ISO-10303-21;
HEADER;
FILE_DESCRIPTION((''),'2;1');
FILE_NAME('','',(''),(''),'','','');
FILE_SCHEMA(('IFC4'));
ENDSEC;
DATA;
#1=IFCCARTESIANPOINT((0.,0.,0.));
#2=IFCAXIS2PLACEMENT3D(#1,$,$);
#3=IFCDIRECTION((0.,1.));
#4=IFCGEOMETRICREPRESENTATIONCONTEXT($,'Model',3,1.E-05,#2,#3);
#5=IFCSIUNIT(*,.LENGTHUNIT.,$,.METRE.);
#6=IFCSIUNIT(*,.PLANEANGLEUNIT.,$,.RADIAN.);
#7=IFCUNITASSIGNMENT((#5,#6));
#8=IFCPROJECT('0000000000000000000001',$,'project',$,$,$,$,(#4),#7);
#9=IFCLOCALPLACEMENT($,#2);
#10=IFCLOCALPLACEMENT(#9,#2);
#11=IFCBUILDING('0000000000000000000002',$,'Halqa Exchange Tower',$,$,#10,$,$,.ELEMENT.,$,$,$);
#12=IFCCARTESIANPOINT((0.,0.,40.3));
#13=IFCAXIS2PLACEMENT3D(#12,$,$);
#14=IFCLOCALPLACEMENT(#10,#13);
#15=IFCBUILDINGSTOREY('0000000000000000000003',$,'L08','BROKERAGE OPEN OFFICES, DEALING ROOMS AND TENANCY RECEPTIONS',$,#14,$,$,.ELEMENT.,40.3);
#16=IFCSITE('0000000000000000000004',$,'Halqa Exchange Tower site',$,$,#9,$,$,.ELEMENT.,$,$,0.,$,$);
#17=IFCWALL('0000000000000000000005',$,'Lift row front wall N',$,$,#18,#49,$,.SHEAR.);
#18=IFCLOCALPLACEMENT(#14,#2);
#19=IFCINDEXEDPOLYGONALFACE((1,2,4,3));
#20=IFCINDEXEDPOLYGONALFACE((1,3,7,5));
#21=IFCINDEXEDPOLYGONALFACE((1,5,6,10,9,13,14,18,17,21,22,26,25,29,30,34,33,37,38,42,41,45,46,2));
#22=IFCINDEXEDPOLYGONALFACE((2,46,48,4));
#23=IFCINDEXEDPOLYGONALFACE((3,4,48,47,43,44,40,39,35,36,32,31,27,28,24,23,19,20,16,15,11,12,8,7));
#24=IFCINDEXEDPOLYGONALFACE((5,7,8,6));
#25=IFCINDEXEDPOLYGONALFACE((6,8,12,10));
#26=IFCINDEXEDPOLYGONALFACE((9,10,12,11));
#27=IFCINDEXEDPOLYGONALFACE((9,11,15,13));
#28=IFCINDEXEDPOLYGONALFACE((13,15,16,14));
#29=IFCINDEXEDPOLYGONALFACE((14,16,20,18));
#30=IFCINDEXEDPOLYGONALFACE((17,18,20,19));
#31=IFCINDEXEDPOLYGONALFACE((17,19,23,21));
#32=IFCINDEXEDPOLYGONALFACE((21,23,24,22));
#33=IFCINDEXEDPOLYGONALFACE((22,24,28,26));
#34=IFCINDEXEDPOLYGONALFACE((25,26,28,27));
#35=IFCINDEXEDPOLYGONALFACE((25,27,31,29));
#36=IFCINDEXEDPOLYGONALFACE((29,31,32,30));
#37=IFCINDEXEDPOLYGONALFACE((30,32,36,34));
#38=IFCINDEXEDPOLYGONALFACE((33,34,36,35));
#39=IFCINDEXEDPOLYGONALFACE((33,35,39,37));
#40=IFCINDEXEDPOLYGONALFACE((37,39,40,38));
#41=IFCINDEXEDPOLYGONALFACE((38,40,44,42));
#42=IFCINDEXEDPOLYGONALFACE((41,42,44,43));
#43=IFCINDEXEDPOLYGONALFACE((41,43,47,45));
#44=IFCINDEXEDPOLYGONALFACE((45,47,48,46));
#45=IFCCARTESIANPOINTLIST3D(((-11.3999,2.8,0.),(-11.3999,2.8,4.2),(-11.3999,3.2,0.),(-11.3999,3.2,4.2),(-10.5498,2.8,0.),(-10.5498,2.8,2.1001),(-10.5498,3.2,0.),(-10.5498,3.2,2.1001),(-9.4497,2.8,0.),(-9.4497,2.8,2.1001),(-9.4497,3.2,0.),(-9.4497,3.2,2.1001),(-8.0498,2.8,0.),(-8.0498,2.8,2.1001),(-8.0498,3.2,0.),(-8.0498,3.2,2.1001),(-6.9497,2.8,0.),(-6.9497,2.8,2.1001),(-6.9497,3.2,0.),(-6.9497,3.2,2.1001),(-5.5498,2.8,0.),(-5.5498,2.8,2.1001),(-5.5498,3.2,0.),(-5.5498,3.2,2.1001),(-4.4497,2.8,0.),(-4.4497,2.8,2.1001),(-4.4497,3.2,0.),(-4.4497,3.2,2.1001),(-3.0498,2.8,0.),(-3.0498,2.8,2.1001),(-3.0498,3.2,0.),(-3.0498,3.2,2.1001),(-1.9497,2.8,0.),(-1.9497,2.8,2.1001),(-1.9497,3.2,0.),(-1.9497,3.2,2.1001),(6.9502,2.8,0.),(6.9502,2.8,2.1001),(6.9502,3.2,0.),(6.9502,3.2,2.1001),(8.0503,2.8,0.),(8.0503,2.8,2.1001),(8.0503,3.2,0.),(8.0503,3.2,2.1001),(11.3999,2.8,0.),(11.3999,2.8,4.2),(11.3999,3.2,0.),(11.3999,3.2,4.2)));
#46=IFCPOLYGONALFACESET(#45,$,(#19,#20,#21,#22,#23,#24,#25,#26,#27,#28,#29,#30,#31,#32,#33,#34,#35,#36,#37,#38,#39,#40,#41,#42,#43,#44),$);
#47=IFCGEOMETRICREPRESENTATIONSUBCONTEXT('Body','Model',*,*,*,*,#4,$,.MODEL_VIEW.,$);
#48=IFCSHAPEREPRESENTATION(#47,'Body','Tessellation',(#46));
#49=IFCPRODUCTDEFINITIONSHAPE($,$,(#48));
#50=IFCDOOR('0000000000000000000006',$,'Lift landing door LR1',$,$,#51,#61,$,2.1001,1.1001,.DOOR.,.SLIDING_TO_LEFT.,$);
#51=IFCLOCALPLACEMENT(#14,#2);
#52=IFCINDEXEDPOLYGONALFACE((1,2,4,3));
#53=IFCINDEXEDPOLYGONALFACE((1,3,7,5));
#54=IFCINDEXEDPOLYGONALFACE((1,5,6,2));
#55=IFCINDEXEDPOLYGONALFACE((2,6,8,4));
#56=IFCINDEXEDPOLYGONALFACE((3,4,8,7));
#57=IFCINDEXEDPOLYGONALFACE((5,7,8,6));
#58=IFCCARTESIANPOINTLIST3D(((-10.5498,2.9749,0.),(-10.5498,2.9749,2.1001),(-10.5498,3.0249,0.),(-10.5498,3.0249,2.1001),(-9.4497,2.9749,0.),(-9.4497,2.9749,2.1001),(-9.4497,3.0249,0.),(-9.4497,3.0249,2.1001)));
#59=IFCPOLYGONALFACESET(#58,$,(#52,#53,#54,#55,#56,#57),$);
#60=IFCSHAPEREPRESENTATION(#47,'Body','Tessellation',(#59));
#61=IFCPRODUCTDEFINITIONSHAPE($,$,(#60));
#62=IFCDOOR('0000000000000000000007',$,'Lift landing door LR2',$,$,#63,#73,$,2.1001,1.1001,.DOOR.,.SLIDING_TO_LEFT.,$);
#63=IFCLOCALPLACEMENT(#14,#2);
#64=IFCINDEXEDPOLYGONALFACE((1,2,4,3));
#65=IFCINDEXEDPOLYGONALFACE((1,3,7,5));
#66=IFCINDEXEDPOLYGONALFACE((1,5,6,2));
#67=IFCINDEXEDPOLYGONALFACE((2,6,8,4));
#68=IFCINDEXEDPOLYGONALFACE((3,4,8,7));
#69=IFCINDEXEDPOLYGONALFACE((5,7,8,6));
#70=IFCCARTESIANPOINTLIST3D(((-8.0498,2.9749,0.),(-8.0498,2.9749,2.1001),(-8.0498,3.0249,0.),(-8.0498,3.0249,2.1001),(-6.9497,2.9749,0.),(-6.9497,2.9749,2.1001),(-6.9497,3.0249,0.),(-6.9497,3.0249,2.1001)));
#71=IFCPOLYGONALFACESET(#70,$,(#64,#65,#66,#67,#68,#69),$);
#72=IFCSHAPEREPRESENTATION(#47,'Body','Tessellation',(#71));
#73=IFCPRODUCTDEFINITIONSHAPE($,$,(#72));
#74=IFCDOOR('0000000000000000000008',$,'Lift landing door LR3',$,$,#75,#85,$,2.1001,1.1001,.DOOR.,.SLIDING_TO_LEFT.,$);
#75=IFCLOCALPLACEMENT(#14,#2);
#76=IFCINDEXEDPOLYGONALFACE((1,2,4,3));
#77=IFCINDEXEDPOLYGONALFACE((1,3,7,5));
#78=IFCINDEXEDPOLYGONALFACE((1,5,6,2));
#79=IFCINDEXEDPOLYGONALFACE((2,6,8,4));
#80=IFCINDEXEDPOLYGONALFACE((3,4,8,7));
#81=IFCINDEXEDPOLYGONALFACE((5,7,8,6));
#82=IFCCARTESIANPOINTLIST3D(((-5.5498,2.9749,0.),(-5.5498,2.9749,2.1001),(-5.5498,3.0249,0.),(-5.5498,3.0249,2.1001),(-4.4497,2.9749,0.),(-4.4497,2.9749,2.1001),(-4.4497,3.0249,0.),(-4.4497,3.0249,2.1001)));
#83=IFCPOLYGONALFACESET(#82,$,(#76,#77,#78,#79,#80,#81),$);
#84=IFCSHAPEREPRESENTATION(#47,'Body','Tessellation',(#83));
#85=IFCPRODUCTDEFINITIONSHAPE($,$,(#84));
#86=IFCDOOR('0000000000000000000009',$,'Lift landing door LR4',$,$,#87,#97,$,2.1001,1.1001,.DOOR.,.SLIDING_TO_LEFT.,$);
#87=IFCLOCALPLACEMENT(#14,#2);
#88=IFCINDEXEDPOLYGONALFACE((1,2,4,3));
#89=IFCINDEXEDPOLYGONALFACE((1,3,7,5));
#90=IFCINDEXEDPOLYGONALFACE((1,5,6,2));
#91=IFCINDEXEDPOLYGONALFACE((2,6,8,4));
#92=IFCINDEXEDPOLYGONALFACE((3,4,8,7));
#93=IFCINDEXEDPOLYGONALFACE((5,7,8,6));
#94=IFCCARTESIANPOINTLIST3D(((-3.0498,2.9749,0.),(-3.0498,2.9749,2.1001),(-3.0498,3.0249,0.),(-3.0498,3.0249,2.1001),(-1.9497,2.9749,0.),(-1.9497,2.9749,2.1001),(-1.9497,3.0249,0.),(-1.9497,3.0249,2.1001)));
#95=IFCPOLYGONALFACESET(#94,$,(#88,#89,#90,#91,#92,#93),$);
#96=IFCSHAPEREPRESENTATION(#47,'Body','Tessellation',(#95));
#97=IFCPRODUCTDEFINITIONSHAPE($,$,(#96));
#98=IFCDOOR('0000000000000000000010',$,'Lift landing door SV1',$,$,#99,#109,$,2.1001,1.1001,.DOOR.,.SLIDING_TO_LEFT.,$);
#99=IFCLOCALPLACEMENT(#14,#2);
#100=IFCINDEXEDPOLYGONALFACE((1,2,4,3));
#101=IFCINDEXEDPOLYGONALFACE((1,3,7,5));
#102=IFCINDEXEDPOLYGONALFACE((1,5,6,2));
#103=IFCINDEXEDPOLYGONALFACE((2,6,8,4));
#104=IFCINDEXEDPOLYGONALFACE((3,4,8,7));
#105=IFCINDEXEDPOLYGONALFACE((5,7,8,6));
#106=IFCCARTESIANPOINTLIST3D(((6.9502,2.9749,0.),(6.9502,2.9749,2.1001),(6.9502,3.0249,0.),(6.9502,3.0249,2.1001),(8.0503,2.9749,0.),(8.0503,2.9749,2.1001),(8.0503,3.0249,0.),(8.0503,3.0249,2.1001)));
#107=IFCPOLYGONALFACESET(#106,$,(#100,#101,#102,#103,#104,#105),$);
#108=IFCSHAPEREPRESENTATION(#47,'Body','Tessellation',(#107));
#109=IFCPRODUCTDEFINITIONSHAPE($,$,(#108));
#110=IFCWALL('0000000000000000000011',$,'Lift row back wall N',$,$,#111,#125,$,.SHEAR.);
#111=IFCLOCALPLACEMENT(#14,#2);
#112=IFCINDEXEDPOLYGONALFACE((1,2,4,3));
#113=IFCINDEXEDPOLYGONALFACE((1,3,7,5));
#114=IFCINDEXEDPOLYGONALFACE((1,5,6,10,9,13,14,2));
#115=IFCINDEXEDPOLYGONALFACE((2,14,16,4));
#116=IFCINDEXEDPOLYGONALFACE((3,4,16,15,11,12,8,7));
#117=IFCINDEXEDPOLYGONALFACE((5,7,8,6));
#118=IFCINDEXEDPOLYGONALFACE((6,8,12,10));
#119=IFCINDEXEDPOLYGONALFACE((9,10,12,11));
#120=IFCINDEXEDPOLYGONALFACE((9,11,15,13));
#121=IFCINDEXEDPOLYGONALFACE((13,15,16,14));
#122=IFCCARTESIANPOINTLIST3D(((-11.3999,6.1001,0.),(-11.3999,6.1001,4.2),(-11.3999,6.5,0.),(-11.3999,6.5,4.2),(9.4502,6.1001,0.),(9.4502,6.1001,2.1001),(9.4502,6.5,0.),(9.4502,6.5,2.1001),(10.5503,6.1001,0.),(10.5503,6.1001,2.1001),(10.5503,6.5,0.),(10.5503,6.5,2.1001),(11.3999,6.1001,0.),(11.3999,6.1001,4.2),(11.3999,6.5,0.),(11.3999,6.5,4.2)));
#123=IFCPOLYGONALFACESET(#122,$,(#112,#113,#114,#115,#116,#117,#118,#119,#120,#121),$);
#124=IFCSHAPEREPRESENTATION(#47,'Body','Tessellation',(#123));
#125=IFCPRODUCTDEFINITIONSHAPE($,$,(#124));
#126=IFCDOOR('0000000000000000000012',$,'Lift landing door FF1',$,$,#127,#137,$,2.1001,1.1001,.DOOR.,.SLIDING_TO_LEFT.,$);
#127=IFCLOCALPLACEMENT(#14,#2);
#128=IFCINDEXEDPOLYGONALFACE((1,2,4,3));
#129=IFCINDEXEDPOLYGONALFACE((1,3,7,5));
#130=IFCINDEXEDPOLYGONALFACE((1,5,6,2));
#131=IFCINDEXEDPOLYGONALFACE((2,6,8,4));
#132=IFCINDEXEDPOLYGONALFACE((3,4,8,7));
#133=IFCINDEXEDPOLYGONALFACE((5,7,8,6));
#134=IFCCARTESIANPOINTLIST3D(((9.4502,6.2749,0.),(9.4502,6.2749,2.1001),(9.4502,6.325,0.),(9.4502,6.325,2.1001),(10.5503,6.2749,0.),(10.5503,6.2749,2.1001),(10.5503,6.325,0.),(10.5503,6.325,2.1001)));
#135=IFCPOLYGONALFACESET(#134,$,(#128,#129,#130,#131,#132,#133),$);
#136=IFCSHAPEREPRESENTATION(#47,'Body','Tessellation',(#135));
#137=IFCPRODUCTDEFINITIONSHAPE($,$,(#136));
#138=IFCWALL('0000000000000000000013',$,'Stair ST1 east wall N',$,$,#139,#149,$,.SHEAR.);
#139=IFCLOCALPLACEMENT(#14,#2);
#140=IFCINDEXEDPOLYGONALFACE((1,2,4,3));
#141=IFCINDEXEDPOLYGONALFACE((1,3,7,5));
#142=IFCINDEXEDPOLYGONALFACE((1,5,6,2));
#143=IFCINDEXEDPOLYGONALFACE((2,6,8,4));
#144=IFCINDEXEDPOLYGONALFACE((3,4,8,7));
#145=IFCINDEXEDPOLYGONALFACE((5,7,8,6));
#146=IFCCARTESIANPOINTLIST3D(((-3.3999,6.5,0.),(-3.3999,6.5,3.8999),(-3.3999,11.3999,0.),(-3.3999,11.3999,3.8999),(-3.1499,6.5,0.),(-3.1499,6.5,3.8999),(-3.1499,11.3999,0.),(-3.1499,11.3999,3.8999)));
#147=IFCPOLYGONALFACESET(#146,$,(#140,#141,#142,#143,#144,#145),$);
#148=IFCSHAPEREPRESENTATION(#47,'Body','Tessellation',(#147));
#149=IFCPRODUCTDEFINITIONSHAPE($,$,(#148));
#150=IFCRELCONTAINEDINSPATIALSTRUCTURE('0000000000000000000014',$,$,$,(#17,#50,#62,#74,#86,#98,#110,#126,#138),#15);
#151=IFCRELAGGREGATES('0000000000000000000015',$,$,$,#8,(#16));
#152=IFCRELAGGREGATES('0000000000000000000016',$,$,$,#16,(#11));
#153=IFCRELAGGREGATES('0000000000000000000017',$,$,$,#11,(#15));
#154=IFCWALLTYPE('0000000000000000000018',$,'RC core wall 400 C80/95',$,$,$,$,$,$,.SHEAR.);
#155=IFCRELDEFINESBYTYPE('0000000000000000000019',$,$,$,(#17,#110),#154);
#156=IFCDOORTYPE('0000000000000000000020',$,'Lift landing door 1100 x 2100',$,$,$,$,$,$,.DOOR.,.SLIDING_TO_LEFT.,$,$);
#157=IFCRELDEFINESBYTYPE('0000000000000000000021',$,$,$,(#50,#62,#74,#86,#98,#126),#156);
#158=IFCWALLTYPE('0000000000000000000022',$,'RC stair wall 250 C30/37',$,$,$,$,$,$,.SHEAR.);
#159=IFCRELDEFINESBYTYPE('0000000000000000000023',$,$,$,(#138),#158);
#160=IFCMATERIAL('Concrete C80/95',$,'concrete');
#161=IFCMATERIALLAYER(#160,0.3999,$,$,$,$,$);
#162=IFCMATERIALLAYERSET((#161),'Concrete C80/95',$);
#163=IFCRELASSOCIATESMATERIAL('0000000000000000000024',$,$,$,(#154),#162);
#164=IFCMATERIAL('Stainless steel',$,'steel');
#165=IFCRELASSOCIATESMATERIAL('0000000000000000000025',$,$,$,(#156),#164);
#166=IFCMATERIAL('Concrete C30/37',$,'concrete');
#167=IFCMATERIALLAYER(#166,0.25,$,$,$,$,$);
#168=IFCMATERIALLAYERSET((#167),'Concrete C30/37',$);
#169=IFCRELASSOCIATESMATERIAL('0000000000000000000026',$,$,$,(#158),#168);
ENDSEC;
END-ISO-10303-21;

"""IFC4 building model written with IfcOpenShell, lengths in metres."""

from ifc_helpers import new_model, si_unit, direction, frame, frame_2d, origin, place, context, subcontext, project, spatial, rectangle, extrude, material, layer, layer_set, type_object, element, fill, save


model = new_model("IFC4")

# Units and contexts
model_context = context("Model", 3, precision=1e-05, world=origin(), true_north=direction((0.0, 1.0)))
body_context = subcontext(model_context, "Body", "Model", "MODEL_VIEW")
ifc_project = project(units=[si_unit("LENGTHUNIT", "METRE"), si_unit("PLANEANGLEUNIT", "RADIAN")], contexts=[model_context])

# Site, building, storey
site_placement = place(None, origin())
site = spatial("IfcSite", under=ifc_project, at=site_placement, Name="Halqa Exchange Tower site", CompositionType="ELEMENT", RefElevation=0.0)
building_placement = place(site_placement, origin())
building = spatial("IfcBuilding", under=site, at=building_placement, Name="Halqa Exchange Tower", CompositionType="ELEMENT")
storey_placement = place(building_placement, frame((0.0, 0.0, 40.3)))
storey = spatial("IfcBuildingStorey", under=building, at=storey_placement, Name="L08", Description="BROKERAGE OPEN OFFICES, DEALING ROOMS AND TENANCY RECEPTIONS", CompositionType="ELEMENT", Elevation=40.3)

# Wall, openings, doors
ifc_material_1 = material(Name="Concrete C80/95", Category="concrete")
ifc_layer_1 = layer(ifc_material_1, 0.3999)
ifc_layer_set_1 = layer_set([ifc_layer_1], Name="Concrete C80/95")
wall_type_1 = type_object("IfcWallType", Name="RC core wall 400 C80/95", PredefinedType="SHEAR", material=ifc_layer_set_1)
wall_1_placement = place(storey_placement, frame((-11.3999, 3.0, 0.0), z_axis=(0.0, 0.0, 1.0), x_axis=(1.0, 0.0, 0.0)))
wall_1 = element("IfcWall", 1, at=wall_1_placement, inside=storey, type_object=wall_type_1, Name="Lift row front wall N", PredefinedType="SHEAR", context=body_context, shape_type="SweptSolid", body=[
    extrude(rectangle(XDim=22.7998, YDim=0.3999, at=frame_2d((11.3999, 0.0))), origin(), (0.0, 0.0, 1.0), 4.2),
])
opening_1_placement = place(wall_1_placement, frame((0.8501, 0.0, 0.0)))
opening_1 = element("IfcOpeningElement", 2, at=opening_1_placement, cuts=wall_1, PredefinedType="OPENING", context=body_context, shape_type="SweptSolid", body=[
    extrude(rectangle(XDim=1.1001, YDim=2.1001, at=frame_2d((0.55, 1.05))), frame((0.0, 0.2119, 0.0), z_axis=(0.0, -1.0, 0.0), x_axis=(1.0, 0.0, 0.0)), (0.0, 0.0, 1.0), 0.4238),
])
opening_2_placement = place(wall_1_placement, frame((3.3501, 0.0, 0.0)))
opening_2 = element("IfcOpeningElement", 3, at=opening_2_placement, cuts=wall_1, PredefinedType="OPENING", context=body_context, shape_type="SweptSolid", body=[
    extrude(rectangle(XDim=1.1001, YDim=2.1001, at=frame_2d((0.55, 1.05))), frame((0.0, 0.2119, 0.0), z_axis=(0.0, -1.0, 0.0), x_axis=(1.0, 0.0, 0.0)), (0.0, 0.0, 1.0), 0.4238),
])
opening_3_placement = place(wall_1_placement, frame((5.8501, 0.0, 0.0)))
opening_3 = element("IfcOpeningElement", 4, at=opening_3_placement, cuts=wall_1, PredefinedType="OPENING", context=body_context, shape_type="SweptSolid", body=[
    extrude(rectangle(XDim=1.1001, YDim=2.1001, at=frame_2d((0.55, 1.05))), frame((0.0, 0.2119, 0.0), z_axis=(0.0, -1.0, 0.0), x_axis=(1.0, 0.0, 0.0)), (0.0, 0.0, 1.0), 0.4238),
])
opening_4_placement = place(wall_1_placement, frame((8.3501, 0.0, 0.0)))
opening_4 = element("IfcOpeningElement", 5, at=opening_4_placement, cuts=wall_1, PredefinedType="OPENING", context=body_context, shape_type="SweptSolid", body=[
    extrude(rectangle(XDim=1.1001, YDim=2.1001, at=frame_2d((0.55, 1.05))), frame((0.0, 0.2119, 0.0), z_axis=(0.0, -1.0, 0.0), x_axis=(1.0, 0.0, 0.0)), (0.0, 0.0, 1.0), 0.4238),
])
opening_5_placement = place(wall_1_placement, frame((18.3501, 0.0, 0.0)))
opening_5 = element("IfcOpeningElement", 6, at=opening_5_placement, cuts=wall_1, PredefinedType="OPENING", context=body_context, shape_type="SweptSolid", body=[
    extrude(rectangle(XDim=1.1001, YDim=2.1001, at=frame_2d((0.55, 1.05))), frame((0.0, 0.2119, 0.0), z_axis=(0.0, -1.0, 0.0), x_axis=(1.0, 0.0, 0.0)), (0.0, 0.0, 1.0), 0.4238),
])
ifc_material_2 = material(Name="Stainless steel", Category="steel")
door_type = type_object("IfcDoorType", Name="Lift landing door 1100 x 2100", OperationType="SLIDING_TO_LEFT", PredefinedType="DOOR", material=ifc_material_2)
door_1_placement = place(opening_1_placement, origin())
door_1 = element("IfcDoor", 7, at=door_1_placement, inside=storey, type_object=door_type, Name="Lift landing door LR1", OperationType="SLIDING_TO_LEFT", OverallHeight=2.1001, OverallWidth=1.1001, PredefinedType="DOOR", context=body_context, shape_type="SweptSolid", body=[
    extrude(rectangle(XDim=1.1001, YDim=2.1001, at=frame_2d((0.55, 1.05))), frame((0.0, 0.0249, 0.0), z_axis=(0.0, -1.0, 0.0), x_axis=(1.0, 0.0, 0.0)), (0.0, 0.0, 1.0), 0.05),
])
fill(opening_1, door_1)
door_2_placement = place(opening_2_placement, origin())
door_2 = element("IfcDoor", 8, at=door_2_placement, inside=storey, type_object=door_type, Name="Lift landing door LR2", OperationType="SLIDING_TO_LEFT", OverallHeight=2.1001, OverallWidth=1.1001, PredefinedType="DOOR", context=body_context, shape_type="SweptSolid", body=[
    extrude(rectangle(XDim=1.1001, YDim=2.1001, at=frame_2d((0.55, 1.05))), frame((0.0, 0.0249, 0.0), z_axis=(0.0, -1.0, 0.0), x_axis=(1.0, 0.0, 0.0)), (0.0, 0.0, 1.0), 0.05),
])
fill(opening_2, door_2)
door_3_placement = place(opening_3_placement, origin())
door_3 = element("IfcDoor", 9, at=door_3_placement, inside=storey, type_object=door_type, Name="Lift landing door LR3", OperationType="SLIDING_TO_LEFT", OverallHeight=2.1001, OverallWidth=1.1001, PredefinedType="DOOR", context=body_context, shape_type="SweptSolid", body=[
    extrude(rectangle(XDim=1.1001, YDim=2.1001, at=frame_2d((0.55, 1.05))), frame((0.0, 0.0249, 0.0), z_axis=(0.0, -1.0, 0.0), x_axis=(1.0, 0.0, 0.0)), (0.0, 0.0, 1.0), 0.05),
])
fill(opening_3, door_3)
door_4_placement = place(opening_4_placement, origin())
door_4 = element("IfcDoor", 10, at=door_4_placement, inside=storey, type_object=door_type, Name="Lift landing door LR4", OperationType="SLIDING_TO_LEFT", OverallHeight=2.1001, OverallWidth=1.1001, PredefinedType="DOOR", context=body_context, shape_type="SweptSolid", body=[
    extrude(rectangle(XDim=1.1001, YDim=2.1001, at=frame_2d((0.55, 1.05))), frame((0.0, 0.0249, 0.0), z_axis=(0.0, -1.0, 0.0), x_axis=(1.0, 0.0, 0.0)), (0.0, 0.0, 1.0), 0.05),
])
fill(opening_4, door_4)
door_5_placement = place(opening_5_placement, origin())
door_5 = element("IfcDoor", 11, at=door_5_placement, inside=storey, type_object=door_type, Name="Lift landing door SV1", OperationType="SLIDING_TO_LEFT", OverallHeight=2.1001, OverallWidth=1.1001, PredefinedType="DOOR", context=body_context, shape_type="SweptSolid", body=[
    extrude(rectangle(XDim=1.1001, YDim=2.1001, at=frame_2d((0.55, 1.05))), frame((0.0, 0.0249, 0.0), z_axis=(0.0, -1.0, 0.0), x_axis=(1.0, 0.0, 0.0)), (0.0, 0.0, 1.0), 0.05),
])
fill(opening_5, door_5)

# Wall, opening, door
wall_2_placement = place(storey_placement, frame((-11.3999, 6.3, 0.0), z_axis=(0.0, 0.0, 1.0), x_axis=(1.0, 0.0, 0.0)))
wall_2 = element("IfcWall", 12, at=wall_2_placement, inside=storey, type_object=wall_type_1, Name="Lift row back wall N", PredefinedType="SHEAR", context=body_context, shape_type="SweptSolid", body=[
    extrude(rectangle(XDim=22.7998, YDim=0.3999, at=frame_2d((11.3999, 0.0))), origin(), (0.0, 0.0, 1.0), 4.2),
])
opening_6_placement = place(wall_2_placement, frame((20.8501, 0.0, 0.0)))
opening_6 = element("IfcOpeningElement", 13, at=opening_6_placement, cuts=wall_2, PredefinedType="OPENING", context=body_context, shape_type="SweptSolid", body=[
    extrude(rectangle(XDim=1.1001, YDim=2.1001, at=frame_2d((0.55, 1.05))), frame((0.0, 0.2119, 0.0), z_axis=(0.0, -1.0, 0.0), x_axis=(1.0, 0.0, 0.0)), (0.0, 0.0, 1.0), 0.4238),
])
door_6_placement = place(opening_6_placement, origin())
door_6 = element("IfcDoor", 14, at=door_6_placement, inside=storey, type_object=door_type, Name="Lift landing door FF1", OperationType="SLIDING_TO_LEFT", OverallHeight=2.1001, OverallWidth=1.1001, PredefinedType="DOOR", context=body_context, shape_type="SweptSolid", body=[
    extrude(rectangle(XDim=1.1001, YDim=2.1001, at=frame_2d((0.55, 1.05))), frame((0.0, 0.0249, 0.0), z_axis=(0.0, -1.0, 0.0), x_axis=(1.0, 0.0, 0.0)), (0.0, 0.0, 1.0), 0.05),
])
fill(opening_6, door_6)

# Wall
ifc_material_3 = material(Name="Concrete C30/37", Category="concrete")
ifc_layer_2 = layer(ifc_material_3, 0.25)
ifc_layer_set_2 = layer_set([ifc_layer_2], Name="Concrete C30/37")
wall_type_2 = type_object("IfcWallType", Name="RC stair wall 250 C30/37", PredefinedType="SHEAR", material=ifc_layer_set_2)
wall_3_placement = place(storey_placement, frame((-3.2749, 6.5, 0.0), z_axis=(0.0, 0.0, 1.0), x_axis=(0.0, 1.0, 0.0)))
element("IfcWall", 15, at=wall_3_placement, inside=storey, type_object=wall_type_2, Name="Stair ST1 east wall N", PredefinedType="SHEAR", context=body_context, shape_type="SweptSolid", body=[
    extrude(rectangle(XDim=4.8999, YDim=0.25, at=frame_2d((2.45, 0.0))), origin(), (0.0, 0.0, 1.0), 3.8999),
])

save(model, "model.ifc")
